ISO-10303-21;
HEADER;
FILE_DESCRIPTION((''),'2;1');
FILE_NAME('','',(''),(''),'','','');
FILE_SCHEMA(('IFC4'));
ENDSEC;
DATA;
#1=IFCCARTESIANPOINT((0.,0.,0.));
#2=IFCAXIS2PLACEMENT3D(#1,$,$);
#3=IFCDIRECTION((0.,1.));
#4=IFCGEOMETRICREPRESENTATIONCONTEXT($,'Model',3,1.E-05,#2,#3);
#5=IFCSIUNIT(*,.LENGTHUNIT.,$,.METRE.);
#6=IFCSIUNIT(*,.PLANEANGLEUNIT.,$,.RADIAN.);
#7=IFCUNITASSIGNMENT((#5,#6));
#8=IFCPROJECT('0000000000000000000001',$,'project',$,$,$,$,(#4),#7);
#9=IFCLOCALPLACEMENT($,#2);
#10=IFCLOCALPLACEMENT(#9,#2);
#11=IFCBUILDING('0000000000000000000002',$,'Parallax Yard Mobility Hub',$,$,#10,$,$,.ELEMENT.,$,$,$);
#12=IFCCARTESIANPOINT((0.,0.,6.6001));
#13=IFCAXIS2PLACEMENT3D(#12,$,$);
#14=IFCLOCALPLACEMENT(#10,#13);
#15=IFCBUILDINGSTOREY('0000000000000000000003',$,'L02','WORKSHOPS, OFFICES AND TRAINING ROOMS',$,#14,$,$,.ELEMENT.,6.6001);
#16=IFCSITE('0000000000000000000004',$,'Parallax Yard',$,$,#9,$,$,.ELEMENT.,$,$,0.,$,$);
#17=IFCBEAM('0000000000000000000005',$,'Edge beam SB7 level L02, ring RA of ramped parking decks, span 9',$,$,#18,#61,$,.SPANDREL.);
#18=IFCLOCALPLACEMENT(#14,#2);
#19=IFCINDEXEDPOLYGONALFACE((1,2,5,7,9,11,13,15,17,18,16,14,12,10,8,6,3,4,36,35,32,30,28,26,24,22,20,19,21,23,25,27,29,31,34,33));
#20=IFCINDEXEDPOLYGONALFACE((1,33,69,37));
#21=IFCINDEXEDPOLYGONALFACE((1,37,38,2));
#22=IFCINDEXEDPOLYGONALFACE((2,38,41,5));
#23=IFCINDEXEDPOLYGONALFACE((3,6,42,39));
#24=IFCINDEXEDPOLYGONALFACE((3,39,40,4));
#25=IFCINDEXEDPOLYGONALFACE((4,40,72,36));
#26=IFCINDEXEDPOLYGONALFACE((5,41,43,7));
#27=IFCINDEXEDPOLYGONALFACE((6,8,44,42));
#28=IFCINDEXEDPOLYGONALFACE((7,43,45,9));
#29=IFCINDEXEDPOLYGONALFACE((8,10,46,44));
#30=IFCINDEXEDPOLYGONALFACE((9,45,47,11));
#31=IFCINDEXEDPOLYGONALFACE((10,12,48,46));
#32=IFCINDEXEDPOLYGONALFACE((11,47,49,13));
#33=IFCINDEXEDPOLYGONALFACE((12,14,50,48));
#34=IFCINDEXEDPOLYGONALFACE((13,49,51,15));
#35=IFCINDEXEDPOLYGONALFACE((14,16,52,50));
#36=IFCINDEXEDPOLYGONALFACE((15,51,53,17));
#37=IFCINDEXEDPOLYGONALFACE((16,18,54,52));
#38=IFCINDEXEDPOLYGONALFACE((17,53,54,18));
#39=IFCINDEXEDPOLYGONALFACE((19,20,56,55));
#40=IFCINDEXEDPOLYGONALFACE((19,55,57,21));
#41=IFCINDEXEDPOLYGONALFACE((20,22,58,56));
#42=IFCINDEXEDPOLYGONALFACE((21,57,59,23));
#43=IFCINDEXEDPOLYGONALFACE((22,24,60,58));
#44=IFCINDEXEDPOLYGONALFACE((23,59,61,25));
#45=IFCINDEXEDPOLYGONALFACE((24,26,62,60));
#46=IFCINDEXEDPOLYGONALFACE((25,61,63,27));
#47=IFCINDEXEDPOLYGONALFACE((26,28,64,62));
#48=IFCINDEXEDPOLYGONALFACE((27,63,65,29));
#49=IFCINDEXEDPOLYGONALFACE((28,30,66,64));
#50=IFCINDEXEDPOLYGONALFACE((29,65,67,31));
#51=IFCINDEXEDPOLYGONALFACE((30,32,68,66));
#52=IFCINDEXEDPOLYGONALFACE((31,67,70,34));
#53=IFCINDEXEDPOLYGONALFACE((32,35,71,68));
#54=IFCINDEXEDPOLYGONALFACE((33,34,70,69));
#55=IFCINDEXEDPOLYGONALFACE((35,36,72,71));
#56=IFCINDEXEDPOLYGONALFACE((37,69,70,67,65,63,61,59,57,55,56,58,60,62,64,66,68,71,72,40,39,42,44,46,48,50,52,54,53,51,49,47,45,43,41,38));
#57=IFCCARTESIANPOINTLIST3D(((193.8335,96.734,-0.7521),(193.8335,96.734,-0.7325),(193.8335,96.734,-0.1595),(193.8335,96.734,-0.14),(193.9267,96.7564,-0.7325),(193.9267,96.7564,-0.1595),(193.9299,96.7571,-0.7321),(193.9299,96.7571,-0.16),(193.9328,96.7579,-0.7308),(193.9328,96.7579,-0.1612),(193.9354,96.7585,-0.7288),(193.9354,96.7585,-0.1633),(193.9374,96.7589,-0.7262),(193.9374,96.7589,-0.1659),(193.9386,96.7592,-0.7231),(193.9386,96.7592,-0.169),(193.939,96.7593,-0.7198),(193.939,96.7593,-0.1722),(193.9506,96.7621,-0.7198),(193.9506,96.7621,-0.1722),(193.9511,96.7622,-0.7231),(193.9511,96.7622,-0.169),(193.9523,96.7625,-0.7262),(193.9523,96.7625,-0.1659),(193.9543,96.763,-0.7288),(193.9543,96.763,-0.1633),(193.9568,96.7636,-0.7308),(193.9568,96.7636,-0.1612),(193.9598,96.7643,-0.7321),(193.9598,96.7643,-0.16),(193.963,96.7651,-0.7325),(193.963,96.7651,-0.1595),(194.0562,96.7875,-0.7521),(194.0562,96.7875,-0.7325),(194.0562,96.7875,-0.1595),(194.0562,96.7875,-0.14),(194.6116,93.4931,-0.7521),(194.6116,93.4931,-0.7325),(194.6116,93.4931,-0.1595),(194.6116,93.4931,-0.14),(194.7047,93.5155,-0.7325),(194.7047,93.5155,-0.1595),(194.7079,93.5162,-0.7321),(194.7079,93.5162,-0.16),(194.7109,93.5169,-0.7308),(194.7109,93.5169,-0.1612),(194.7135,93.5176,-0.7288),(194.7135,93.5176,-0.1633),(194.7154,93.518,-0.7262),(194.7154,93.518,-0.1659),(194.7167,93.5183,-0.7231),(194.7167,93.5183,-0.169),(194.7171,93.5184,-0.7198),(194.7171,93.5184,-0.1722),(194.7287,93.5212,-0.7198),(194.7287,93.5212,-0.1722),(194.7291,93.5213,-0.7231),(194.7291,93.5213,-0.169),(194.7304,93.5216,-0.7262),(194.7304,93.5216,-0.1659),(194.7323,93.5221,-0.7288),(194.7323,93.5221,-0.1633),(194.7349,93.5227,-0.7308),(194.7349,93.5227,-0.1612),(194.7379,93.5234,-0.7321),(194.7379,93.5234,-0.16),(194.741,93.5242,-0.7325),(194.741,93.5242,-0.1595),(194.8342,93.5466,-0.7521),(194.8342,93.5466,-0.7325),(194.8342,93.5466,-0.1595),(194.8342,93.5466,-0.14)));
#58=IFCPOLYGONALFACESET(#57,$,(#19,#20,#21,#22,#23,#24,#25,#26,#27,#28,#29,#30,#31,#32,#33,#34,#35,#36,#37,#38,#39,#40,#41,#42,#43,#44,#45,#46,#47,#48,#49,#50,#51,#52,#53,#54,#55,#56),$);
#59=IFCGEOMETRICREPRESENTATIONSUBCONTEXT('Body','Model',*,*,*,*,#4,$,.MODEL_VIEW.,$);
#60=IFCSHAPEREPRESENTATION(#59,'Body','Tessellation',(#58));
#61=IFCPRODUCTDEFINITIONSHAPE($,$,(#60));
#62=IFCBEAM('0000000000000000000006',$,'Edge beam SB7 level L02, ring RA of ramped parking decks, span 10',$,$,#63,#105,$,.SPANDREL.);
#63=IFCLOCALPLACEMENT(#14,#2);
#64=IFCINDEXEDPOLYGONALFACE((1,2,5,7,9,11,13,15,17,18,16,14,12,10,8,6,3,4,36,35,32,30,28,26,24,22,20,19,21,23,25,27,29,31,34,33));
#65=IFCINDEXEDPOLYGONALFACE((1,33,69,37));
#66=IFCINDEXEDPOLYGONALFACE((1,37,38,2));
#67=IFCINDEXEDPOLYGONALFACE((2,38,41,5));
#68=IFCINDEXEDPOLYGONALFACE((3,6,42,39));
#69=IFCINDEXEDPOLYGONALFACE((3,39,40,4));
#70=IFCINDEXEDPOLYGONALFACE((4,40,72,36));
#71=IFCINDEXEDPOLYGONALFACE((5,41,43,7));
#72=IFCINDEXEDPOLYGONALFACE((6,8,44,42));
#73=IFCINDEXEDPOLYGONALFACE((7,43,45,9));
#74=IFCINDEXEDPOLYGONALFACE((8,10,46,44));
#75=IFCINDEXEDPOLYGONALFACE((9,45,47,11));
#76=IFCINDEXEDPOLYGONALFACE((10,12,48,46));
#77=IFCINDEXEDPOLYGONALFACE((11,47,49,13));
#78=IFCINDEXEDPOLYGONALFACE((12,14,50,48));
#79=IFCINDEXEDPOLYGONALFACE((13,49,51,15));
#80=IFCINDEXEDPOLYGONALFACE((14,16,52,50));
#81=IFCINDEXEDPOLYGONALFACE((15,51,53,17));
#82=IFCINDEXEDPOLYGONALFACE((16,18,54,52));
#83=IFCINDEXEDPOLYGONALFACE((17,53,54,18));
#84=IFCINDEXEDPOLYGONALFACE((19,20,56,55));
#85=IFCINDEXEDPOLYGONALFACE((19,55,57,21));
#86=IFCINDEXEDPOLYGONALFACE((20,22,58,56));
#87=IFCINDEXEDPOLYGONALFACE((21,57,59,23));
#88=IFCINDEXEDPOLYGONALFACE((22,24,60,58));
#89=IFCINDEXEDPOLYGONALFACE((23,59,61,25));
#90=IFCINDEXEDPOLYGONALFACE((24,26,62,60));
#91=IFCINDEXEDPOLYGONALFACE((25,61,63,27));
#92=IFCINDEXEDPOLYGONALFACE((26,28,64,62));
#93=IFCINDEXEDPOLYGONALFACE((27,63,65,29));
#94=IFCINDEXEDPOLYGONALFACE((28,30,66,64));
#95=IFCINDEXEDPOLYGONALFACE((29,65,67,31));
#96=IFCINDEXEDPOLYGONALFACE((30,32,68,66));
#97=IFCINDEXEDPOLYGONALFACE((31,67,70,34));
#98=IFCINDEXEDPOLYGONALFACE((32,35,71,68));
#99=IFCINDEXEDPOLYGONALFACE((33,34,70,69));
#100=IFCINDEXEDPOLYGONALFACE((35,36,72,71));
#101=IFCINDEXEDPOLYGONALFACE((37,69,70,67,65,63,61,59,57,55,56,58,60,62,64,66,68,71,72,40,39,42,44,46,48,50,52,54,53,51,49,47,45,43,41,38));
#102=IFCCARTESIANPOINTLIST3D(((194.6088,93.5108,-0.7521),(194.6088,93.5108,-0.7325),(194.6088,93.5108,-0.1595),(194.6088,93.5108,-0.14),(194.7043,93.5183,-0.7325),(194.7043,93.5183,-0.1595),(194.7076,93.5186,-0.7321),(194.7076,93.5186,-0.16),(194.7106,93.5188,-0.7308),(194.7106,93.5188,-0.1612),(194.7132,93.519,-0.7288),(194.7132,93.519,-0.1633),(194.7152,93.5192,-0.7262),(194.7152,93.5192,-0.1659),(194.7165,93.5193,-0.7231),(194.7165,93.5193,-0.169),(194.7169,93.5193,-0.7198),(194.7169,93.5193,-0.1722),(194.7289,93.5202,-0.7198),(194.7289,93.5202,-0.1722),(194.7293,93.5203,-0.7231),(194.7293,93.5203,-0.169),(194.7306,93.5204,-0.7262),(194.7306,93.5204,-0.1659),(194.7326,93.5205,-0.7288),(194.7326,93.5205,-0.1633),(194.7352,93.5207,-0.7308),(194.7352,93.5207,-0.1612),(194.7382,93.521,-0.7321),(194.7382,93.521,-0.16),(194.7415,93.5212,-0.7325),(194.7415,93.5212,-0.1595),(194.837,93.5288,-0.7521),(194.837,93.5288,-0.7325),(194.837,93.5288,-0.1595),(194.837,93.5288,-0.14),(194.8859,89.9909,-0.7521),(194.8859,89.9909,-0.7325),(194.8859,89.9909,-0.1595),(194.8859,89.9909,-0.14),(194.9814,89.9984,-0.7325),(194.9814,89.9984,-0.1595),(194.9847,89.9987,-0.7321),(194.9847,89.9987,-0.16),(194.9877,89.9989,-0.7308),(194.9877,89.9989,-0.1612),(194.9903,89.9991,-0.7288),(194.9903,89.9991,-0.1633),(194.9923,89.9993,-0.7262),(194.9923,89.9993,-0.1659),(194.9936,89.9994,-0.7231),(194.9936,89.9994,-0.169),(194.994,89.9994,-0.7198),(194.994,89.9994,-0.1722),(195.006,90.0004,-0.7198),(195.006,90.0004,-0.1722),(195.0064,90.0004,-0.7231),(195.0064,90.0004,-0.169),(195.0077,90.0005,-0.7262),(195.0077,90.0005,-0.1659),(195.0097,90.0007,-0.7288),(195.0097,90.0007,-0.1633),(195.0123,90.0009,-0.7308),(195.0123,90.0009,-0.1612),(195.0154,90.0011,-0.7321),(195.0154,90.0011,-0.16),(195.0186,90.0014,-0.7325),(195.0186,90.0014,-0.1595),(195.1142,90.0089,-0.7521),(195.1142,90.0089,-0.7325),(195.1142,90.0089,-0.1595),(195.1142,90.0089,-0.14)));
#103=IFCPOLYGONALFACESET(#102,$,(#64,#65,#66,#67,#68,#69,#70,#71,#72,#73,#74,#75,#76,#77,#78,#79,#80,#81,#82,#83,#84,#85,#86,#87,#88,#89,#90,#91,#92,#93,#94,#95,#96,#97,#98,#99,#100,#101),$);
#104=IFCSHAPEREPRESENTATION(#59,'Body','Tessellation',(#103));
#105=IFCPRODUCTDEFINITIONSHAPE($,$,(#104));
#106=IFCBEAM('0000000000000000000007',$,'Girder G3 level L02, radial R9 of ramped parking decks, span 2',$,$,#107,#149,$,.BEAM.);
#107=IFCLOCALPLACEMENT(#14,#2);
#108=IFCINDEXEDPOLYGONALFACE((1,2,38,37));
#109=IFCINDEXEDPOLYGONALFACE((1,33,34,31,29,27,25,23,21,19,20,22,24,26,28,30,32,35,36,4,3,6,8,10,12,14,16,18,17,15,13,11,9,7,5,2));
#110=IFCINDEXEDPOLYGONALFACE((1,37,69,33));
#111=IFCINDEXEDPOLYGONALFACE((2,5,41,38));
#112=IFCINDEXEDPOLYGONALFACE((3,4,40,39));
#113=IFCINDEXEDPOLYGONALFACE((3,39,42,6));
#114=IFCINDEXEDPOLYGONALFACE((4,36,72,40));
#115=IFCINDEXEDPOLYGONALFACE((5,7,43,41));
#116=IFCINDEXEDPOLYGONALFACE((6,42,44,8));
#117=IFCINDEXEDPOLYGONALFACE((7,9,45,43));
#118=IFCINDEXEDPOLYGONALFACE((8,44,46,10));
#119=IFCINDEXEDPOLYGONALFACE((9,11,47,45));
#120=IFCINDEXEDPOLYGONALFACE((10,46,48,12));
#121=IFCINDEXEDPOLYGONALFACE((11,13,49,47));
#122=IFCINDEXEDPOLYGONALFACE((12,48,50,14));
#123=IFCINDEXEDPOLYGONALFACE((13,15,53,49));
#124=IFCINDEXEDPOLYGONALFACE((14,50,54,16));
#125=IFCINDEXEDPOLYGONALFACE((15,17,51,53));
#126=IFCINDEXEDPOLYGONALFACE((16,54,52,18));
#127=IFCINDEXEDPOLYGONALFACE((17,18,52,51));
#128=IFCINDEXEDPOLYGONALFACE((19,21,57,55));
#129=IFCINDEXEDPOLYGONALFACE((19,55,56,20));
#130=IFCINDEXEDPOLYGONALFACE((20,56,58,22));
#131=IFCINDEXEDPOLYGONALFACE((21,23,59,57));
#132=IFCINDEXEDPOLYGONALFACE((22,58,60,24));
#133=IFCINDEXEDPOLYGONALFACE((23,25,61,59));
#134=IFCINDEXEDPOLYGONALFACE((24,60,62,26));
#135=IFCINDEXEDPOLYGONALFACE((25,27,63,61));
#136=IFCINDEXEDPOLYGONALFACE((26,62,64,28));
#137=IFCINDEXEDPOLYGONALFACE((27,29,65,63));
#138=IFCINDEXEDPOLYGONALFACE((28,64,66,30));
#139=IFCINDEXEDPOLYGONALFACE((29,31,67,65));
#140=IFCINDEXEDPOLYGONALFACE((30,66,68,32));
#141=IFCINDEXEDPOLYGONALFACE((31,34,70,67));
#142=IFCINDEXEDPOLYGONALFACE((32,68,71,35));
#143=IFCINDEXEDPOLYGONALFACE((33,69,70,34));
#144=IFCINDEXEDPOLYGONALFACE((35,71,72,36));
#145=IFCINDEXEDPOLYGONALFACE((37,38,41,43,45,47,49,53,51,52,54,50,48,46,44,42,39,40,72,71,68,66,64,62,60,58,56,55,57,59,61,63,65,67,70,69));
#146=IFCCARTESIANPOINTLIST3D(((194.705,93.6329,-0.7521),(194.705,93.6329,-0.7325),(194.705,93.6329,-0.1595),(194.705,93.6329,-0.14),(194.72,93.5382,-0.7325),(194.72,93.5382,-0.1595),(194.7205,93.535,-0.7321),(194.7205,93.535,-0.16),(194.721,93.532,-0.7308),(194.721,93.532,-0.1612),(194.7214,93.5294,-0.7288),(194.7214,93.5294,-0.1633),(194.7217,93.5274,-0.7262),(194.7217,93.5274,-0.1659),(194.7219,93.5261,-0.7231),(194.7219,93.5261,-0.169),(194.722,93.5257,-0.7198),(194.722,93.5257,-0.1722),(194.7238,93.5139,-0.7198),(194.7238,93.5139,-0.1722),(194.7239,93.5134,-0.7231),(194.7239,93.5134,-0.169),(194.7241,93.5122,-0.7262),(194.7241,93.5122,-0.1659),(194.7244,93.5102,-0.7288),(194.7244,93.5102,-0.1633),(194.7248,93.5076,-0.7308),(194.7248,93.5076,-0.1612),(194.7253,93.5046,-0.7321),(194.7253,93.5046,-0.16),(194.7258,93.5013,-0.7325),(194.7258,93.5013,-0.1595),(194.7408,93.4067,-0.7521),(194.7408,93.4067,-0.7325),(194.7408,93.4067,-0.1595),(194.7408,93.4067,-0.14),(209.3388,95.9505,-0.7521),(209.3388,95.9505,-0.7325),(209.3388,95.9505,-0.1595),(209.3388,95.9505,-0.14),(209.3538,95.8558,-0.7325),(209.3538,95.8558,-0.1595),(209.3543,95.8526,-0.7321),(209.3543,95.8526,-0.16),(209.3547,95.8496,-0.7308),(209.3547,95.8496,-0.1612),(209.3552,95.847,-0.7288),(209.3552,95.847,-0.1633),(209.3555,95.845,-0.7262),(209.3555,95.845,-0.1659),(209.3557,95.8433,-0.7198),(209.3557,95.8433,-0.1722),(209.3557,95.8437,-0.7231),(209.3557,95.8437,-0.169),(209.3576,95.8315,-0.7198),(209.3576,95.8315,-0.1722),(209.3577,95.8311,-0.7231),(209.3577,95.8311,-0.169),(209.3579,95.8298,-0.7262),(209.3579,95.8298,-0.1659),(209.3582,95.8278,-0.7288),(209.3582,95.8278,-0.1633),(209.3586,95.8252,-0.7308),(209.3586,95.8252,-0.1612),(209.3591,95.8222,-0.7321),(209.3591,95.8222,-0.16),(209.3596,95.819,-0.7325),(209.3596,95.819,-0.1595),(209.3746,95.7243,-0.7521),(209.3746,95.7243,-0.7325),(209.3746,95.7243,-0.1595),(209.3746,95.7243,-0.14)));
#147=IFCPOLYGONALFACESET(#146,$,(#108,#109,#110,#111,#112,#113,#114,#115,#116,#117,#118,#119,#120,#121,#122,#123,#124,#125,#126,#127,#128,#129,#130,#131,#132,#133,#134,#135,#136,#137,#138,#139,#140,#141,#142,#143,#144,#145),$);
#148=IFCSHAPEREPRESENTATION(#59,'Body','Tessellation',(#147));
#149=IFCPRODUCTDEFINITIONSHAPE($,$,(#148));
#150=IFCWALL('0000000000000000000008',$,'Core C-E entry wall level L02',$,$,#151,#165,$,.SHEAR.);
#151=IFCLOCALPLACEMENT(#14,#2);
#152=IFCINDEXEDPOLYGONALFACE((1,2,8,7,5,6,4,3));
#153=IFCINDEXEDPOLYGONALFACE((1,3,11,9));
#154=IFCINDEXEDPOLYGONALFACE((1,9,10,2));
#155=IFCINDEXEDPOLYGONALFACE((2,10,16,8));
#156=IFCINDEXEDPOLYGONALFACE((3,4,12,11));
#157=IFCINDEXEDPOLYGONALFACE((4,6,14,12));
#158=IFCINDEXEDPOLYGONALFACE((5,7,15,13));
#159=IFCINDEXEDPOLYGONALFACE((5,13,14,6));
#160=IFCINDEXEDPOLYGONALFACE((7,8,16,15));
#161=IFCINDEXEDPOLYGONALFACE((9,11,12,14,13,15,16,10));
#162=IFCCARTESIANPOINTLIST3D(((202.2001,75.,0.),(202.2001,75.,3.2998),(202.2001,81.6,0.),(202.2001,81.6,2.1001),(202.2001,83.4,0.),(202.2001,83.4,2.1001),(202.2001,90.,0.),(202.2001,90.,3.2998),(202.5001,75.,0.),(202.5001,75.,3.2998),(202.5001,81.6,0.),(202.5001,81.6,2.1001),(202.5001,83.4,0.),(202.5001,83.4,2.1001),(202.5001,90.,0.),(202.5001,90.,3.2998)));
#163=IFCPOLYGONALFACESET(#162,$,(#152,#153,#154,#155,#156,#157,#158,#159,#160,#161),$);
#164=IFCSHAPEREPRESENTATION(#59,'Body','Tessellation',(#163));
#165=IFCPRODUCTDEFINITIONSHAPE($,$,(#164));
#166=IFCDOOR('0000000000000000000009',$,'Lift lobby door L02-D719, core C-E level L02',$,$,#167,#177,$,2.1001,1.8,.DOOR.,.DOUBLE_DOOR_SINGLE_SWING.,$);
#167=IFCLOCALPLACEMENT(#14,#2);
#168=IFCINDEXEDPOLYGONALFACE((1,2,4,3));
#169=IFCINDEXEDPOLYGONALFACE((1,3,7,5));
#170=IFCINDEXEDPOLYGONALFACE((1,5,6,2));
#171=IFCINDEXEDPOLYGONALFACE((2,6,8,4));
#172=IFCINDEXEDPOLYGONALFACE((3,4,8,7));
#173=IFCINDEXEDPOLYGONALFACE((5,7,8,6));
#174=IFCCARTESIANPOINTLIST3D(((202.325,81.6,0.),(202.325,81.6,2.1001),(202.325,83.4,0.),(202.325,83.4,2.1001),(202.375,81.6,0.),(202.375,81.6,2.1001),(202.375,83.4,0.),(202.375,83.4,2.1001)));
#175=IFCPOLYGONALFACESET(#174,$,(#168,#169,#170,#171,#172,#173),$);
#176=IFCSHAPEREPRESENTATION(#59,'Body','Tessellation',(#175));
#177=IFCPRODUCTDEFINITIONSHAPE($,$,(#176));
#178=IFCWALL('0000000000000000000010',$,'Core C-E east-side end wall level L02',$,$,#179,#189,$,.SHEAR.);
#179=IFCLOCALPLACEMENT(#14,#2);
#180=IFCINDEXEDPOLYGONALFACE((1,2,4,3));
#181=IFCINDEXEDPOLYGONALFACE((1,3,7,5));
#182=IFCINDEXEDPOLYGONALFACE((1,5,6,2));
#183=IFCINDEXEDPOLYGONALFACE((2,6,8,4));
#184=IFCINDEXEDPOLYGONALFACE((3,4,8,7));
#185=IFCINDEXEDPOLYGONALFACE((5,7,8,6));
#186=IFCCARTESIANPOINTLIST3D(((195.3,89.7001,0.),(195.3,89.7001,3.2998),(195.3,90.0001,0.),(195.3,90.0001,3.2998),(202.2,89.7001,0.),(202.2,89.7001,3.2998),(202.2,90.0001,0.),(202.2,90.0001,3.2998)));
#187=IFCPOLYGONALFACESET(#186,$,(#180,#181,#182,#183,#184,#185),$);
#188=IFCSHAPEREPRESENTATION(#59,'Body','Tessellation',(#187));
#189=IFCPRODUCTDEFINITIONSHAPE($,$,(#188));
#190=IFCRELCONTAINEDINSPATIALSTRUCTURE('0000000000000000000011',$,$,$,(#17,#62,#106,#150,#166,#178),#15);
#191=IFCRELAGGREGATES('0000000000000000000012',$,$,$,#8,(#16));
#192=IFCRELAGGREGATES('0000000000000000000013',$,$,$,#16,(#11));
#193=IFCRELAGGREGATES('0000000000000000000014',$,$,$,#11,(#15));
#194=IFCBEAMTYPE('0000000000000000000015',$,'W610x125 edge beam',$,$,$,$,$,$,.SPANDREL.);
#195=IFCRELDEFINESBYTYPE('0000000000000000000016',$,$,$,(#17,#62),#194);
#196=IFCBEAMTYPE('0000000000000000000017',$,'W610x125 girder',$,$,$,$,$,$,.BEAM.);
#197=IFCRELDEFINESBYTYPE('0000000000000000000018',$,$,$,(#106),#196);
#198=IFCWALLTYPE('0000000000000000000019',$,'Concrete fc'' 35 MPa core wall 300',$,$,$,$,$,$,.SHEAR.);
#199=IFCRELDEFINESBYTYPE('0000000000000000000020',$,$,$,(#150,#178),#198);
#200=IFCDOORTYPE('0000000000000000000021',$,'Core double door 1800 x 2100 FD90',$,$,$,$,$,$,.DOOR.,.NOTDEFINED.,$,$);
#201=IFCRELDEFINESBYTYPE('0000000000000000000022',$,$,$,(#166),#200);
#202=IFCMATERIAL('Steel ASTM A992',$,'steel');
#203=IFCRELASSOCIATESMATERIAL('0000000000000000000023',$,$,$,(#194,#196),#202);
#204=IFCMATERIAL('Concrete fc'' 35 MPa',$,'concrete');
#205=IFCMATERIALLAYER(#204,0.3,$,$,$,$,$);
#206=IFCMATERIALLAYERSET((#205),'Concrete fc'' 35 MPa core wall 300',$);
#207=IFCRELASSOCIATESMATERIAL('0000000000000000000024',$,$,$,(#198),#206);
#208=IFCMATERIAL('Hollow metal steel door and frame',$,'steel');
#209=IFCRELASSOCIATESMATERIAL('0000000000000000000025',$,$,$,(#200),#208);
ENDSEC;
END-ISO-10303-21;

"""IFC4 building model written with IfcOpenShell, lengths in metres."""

from ifc_helpers import new_model, si_unit, direction, frame, frame_2d, origin, origin_2d, place, context, subcontext, project, spatial, rectangle, i_section, extrude, material, layer, layer_set, material_profile, profile_set, type_object, element, fill, save


model = new_model("IFC4")

# Units and contexts
model_context = context("Model", 3, precision=1e-05, world=origin(), true_north=direction((0.0, 1.0)))
body_context = subcontext(model_context, "Body", "Model", "MODEL_VIEW")
ifc_project = project(units=[si_unit("LENGTHUNIT", "METRE"), si_unit("PLANEANGLEUNIT", "RADIAN")], contexts=[model_context])

# Site, building, storey
site_placement = place(None, origin())
site = spatial("IfcSite", under=ifc_project, at=site_placement, Name="Parallax Yard", CompositionType="ELEMENT", RefElevation=0.0)
building_placement = place(site_placement, origin())
building = spatial("IfcBuilding", under=site, at=building_placement, Name="Parallax Yard Mobility Hub", CompositionType="ELEMENT")
storey_placement = place(building_placement, frame((0.0, 0.0, 6.6001)))
storey = spatial("IfcBuildingStorey", under=building, at=storey_placement, Name="L02", Description="WORKSHOPS, OFFICES AND TRAINING ROOMS", CompositionType="ELEMENT", Elevation=6.6001)

# Beams
ifc_material_1 = material(Name="Steel ASTM A992", Category="steel")
ifc_material_profile_1 = material_profile(ifc_material_1, i_section(OverallWidth=0.229, OverallDepth=0.6121, WebThickness=0.012, FlangeThickness=0.0195, FilletRadius=0.0127, at=origin_2d()), Name="W610x125")
ifc_profile_set_1 = profile_set([ifc_material_profile_1], Name="Steel ASTM A992")
beam_type_1 = type_object("IfcBeamType", Name="W610x125 edge beam", PredefinedType="SPANDREL", material=ifc_profile_set_1)
beam_1_placement = place(storey_placement, frame((193.9448, 96.7607, -0.446), z_axis=(0.233442, -0.972371, 0.0), x_axis=(0.972371, 0.233442, 0.0)))
element("IfcBeam", 1, at=beam_1_placement, inside=storey, type_object=beam_type_1, Name="Edge beam SB7 level L02, ring RA of ramped parking decks, span 9", PredefinedType="SPANDREL", context=body_context, shape_type="SweptSolid", body=[
    extrude(i_section(OverallWidth=0.229, OverallDepth=0.6121, WebThickness=0.012, FlangeThickness=0.0195, FilletRadius=0.0127, at=origin_2d()), origin(), (0.0, 0.0, 1.0), 3.333),
])
beam_2_placement = place(storey_placement, frame((194.7229, 93.5198, -0.446), z_axis=(0.078484, -0.996915, 0.0), x_axis=(0.996915, 0.078484, 0.0)))
element("IfcBeam", 2, at=beam_2_placement, inside=storey, type_object=beam_type_1, Name="Edge beam SB7 level L02, ring RA of ramped parking decks, span 10", PredefinedType="SPANDREL", context=body_context, shape_type="SweptSolid", body=[
    extrude(i_section(OverallWidth=0.229, OverallDepth=0.6121, WebThickness=0.012, FlangeThickness=0.0195, FilletRadius=0.0127, at=origin_2d()), origin(), (0.0, 0.0, 1.0), 3.5308),
])
ifc_material_profile_2 = material_profile(ifc_material_1, i_section(OverallWidth=0.229, OverallDepth=0.6121, WebThickness=0.012, FlangeThickness=0.0195, FilletRadius=0.0127, at=origin_2d()), Name="W610x125")
ifc_profile_set_2 = profile_set([ifc_material_profile_2], Name="Steel ASTM A992")
beam_type_2 = type_object("IfcBeamType", Name="W610x125 girder", PredefinedType="BEAM", material=ifc_profile_set_2)
beam_3_placement = place(storey_placement, frame((194.7229, 93.5198, -0.446), z_axis=(0.98769, 0.156425, 0.0), x_axis=(-0.156425, 0.98769, 0.0)))
element("IfcBeam", 3, at=beam_3_placement, inside=storey, type_object=beam_type_2, Name="Girder G3 level L02, radial R9 of ramped parking decks, span 2", PredefinedType="BEAM", context=body_context, shape_type="SweptSolid", body=[
    extrude(i_section(OverallWidth=0.229, OverallDepth=0.6121, WebThickness=0.012, FlangeThickness=0.0195, FilletRadius=0.0127, at=origin_2d()), origin(), (0.0, 0.0, 1.0), 14.8162),
])

# Wall, opening, door
ifc_material_2 = material(Name="Concrete fc' 35 MPa", Category="concrete")
ifc_layer_1 = layer(ifc_material_2, 0.3)
ifc_layer_set_1 = layer_set([ifc_layer_1], Name="Concrete fc' 35 MPa core wall 300")
wall_type_1 = type_object("IfcWallType", Name="Concrete fc' 35 MPa core wall 300", PredefinedType="SHEAR", material=ifc_layer_set_1)
wall_1_placement = place(storey_placement, frame((202.3501, 90.0, 0.0), z_axis=(0.0, 0.0, 1.0), x_axis=(0.0, -1.0, 0.0)))
wall_1 = element("IfcWall", 4, at=wall_1_placement, inside=storey, type_object=wall_type_1, Name="Core C-E entry wall level L02", PredefinedType="SHEAR", context=body_context, shape_type="SweptSolid", body=[
    extrude(rectangle(XDim=15.0, YDim=0.3, at=frame_2d((7.5, 0.0))), origin(), (0.0, 0.0, 1.0), 3.2998),
])
opening_placement = place(wall_1_placement, frame((6.6001, 0.0, 0.0)))
opening = element("IfcOpeningElement", 5, at=opening_placement, cuts=wall_1, PredefinedType="OPENING", context=body_context, shape_type="SweptSolid", body=[
    extrude(rectangle(XDim=1.8, YDim=2.1001, at=frame_2d((0.8999, 1.05))), frame((0.0, 0.1602, 0.0), z_axis=(0.0, -1.0, 0.0), x_axis=(1.0, 0.0, 0.0)), (0.0, 0.0, 1.0), 0.3201),
])
ifc_material_3 = material(Name="Hollow metal steel door and frame", Category="steel")
door_type = type_object("IfcDoorType", Name="Core double door 1800 x 2100 FD90", OperationType="NOTDEFINED", PredefinedType="DOOR", material=ifc_material_3)
door_placement = place(opening_placement, origin())
door = element("IfcDoor", 6, at=door_placement, inside=storey, type_object=door_type, Name="Lift lobby door L02-D719, core C-E level L02", OperationType="DOUBLE_DOOR_SINGLE_SWING", OverallHeight=2.1001, OverallWidth=1.8, PredefinedType="DOOR", context=body_context, shape_type="SweptSolid", body=[
    extrude(rectangle(XDim=1.8, YDim=2.1001, at=frame_2d((0.8999, 1.05))), frame((0.0, 0.0249, 0.0), z_axis=(0.0, -1.0, 0.0), x_axis=(1.0, 0.0, 0.0)), (0.0, 0.0, 1.0), 0.05),
])
fill(opening, door)

# Wall
wall_2_placement = place(storey_placement, frame((202.2, 89.8501, 0.0), z_axis=(0.0, 0.0, 1.0), x_axis=(-1.0, 0.0, 0.0)))
element("IfcWall", 7, at=wall_2_placement, inside=storey, type_object=wall_type_1, Name="Core C-E east-side end wall level L02", PredefinedType="SHEAR", context=body_context, shape_type="SweptSolid", body=[
    extrude(rectangle(XDim=6.8999, YDim=0.3, at=frame_2d((3.45, 0.0))), origin(), (0.0, 0.0, 1.0), 3.2998),
])

save(model, "model.ifc")
